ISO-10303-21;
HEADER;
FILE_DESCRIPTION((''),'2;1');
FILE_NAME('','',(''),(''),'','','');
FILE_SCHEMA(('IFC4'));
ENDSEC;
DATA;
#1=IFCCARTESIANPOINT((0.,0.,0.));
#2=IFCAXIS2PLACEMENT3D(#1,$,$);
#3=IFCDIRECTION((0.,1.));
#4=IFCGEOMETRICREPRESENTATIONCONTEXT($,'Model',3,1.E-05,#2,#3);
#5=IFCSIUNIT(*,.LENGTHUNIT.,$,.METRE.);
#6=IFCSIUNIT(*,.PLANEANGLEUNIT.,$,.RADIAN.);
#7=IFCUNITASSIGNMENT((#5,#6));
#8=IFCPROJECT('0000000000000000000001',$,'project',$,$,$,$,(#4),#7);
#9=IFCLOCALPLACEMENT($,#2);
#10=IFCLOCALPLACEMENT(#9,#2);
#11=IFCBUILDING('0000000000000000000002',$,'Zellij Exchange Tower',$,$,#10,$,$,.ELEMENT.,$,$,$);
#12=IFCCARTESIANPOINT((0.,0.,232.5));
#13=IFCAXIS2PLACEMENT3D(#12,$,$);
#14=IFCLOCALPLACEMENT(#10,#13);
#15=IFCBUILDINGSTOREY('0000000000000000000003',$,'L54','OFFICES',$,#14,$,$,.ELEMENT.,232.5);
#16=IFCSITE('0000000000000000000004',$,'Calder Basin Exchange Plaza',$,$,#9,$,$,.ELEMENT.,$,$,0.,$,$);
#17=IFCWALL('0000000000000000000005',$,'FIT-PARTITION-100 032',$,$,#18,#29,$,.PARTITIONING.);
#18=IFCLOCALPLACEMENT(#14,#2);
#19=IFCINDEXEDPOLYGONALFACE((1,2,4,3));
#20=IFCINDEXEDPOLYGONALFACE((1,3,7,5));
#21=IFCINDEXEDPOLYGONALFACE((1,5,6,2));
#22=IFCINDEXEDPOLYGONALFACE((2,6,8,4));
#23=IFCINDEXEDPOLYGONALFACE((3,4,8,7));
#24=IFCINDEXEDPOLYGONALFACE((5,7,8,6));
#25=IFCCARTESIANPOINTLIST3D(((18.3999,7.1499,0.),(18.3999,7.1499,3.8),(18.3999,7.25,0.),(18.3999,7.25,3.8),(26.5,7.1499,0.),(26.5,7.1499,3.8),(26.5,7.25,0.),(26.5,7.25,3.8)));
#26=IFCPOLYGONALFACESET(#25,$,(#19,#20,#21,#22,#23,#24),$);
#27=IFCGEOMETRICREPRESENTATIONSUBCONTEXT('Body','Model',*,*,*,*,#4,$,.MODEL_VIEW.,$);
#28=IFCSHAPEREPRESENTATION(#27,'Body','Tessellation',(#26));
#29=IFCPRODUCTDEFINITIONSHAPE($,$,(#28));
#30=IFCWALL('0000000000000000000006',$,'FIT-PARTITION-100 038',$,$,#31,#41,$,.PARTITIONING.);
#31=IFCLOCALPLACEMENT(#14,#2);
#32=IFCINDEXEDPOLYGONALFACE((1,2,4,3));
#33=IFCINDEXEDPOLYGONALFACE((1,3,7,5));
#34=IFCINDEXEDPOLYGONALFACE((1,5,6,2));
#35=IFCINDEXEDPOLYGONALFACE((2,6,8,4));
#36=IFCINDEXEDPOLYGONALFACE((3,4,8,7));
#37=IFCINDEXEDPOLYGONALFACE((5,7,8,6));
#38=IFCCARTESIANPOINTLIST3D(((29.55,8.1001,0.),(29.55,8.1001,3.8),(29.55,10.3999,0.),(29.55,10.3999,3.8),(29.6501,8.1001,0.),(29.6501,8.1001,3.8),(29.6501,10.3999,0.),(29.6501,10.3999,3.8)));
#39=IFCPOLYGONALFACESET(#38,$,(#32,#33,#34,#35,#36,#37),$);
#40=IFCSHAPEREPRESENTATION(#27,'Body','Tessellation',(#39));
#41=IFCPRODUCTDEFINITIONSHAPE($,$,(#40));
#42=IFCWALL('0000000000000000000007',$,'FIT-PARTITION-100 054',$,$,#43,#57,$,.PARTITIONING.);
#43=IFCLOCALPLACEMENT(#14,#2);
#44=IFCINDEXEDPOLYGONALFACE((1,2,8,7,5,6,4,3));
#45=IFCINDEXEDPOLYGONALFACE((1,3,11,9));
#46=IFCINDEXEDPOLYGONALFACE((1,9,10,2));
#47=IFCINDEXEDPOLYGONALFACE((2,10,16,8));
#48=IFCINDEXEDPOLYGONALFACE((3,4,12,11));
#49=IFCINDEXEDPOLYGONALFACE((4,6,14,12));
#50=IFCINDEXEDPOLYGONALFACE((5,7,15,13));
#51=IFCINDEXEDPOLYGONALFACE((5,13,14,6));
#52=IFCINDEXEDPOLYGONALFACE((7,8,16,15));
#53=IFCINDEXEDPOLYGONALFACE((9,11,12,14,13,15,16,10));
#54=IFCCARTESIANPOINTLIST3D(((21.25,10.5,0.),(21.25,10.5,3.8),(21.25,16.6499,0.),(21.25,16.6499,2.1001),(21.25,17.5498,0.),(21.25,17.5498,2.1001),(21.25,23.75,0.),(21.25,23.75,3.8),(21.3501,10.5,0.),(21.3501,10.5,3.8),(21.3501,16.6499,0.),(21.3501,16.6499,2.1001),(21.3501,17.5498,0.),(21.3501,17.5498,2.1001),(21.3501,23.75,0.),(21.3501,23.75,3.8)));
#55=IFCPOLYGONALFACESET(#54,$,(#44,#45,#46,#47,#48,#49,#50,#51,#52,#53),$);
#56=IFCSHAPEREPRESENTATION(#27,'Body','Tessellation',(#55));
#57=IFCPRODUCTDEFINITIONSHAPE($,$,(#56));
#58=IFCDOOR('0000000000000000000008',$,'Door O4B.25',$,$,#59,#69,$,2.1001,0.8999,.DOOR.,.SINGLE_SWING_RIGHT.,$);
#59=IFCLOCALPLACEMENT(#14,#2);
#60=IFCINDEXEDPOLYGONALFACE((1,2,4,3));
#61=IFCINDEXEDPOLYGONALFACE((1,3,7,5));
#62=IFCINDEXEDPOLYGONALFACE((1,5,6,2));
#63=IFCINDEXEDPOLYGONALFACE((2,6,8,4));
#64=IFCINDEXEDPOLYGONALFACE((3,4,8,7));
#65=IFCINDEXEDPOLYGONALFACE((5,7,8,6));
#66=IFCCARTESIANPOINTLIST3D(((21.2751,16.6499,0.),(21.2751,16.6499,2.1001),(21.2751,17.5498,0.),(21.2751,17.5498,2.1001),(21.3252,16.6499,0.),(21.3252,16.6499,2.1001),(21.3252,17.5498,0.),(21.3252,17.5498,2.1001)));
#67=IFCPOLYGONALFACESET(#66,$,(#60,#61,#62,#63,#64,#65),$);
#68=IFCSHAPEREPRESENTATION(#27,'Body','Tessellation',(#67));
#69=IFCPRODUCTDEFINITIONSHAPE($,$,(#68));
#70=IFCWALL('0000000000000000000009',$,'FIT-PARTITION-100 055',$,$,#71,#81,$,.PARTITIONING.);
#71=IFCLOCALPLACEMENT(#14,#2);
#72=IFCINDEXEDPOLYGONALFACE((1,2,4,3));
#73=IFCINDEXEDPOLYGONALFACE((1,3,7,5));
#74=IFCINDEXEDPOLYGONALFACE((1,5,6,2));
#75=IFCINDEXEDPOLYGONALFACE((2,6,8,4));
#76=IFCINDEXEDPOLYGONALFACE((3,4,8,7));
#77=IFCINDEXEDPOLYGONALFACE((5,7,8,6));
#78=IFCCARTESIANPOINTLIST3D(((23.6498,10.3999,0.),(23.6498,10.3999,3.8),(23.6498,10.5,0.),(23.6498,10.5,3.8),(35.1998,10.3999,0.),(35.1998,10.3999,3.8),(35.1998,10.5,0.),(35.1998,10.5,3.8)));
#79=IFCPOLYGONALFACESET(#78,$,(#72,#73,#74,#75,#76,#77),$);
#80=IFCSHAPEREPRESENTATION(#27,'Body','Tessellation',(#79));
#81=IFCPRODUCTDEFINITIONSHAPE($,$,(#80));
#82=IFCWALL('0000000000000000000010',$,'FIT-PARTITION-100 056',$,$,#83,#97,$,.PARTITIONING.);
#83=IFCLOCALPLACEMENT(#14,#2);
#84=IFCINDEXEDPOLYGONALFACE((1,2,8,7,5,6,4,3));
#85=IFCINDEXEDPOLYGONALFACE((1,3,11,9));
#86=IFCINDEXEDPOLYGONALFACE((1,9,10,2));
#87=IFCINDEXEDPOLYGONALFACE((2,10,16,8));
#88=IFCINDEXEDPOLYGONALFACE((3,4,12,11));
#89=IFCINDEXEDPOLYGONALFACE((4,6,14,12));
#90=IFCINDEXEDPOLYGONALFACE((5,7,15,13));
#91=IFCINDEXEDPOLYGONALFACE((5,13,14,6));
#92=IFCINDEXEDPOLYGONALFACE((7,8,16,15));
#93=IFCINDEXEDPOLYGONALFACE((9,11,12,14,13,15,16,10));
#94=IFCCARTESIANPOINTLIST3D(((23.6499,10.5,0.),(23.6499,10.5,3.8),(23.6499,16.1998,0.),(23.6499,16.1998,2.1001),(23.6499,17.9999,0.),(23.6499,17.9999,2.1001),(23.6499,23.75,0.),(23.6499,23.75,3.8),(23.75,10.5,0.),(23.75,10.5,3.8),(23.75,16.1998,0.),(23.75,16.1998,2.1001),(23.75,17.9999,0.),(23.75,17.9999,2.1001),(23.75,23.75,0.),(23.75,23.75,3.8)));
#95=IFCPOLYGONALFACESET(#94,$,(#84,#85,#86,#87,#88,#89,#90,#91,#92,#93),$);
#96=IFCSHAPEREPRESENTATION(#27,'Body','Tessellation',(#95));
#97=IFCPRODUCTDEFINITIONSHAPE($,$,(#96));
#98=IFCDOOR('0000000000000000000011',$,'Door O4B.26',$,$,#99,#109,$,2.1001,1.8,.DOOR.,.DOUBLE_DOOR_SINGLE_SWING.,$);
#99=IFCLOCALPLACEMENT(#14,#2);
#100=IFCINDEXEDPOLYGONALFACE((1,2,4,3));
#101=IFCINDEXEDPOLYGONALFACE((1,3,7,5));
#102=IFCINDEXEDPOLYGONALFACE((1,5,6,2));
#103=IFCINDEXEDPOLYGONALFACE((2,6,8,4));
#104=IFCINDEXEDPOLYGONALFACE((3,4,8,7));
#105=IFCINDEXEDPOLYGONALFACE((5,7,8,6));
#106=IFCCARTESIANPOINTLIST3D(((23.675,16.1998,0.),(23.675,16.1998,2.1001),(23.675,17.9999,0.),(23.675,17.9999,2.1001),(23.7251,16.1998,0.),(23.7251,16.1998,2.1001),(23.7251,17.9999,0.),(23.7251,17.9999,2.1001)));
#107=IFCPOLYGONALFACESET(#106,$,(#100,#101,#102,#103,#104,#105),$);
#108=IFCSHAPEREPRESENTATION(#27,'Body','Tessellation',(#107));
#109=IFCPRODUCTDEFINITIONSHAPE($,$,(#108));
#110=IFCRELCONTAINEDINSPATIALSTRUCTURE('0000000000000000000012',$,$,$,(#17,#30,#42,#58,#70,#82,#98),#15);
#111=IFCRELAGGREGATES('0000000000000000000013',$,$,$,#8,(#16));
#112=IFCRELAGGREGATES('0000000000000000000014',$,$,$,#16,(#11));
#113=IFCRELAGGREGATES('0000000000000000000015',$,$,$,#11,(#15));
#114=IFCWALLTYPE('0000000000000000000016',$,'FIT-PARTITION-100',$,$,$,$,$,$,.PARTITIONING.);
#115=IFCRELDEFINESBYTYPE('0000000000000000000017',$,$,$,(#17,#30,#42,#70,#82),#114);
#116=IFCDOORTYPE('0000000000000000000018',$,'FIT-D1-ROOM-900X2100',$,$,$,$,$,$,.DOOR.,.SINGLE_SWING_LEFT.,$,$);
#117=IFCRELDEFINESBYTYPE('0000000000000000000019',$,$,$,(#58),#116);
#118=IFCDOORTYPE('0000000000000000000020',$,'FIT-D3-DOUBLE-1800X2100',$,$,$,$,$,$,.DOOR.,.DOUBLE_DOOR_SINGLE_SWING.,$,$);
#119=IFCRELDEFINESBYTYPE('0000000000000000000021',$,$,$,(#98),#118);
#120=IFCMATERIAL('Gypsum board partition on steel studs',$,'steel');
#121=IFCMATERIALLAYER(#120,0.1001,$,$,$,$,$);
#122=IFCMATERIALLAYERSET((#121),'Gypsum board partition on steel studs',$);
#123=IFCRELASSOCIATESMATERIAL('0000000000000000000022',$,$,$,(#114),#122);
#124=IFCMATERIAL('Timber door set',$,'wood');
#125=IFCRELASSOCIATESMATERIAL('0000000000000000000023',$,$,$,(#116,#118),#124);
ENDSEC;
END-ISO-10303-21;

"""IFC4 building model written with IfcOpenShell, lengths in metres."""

from ifc_helpers import new_model, si_unit, direction, frame, frame_2d, origin, place, context, subcontext, project, spatial, rectangle, extrude, material, layer, layer_set, type_object, element, fill, save


model = new_model("IFC4")

# Units and contexts
model_context = context("Model", 3, precision=1e-05, world=origin(), true_north=direction((0.0, 1.0)))
body_context = subcontext(model_context, "Body", "Model", "MODEL_VIEW")
ifc_project = project(units=[si_unit("LENGTHUNIT", "METRE"), si_unit("PLANEANGLEUNIT", "RADIAN")], contexts=[model_context])

# Site, building, storey
site_placement = place(None, origin())
site = spatial("IfcSite", under=ifc_project, at=site_placement, Name="Calder Basin Exchange Plaza", CompositionType="ELEMENT", RefElevation=0.0)
building_placement = place(site_placement, origin())
building = spatial("IfcBuilding", under=site, at=building_placement, Name="Zellij Exchange Tower", CompositionType="ELEMENT")
storey_placement = place(building_placement, frame((0.0, 0.0, 232.5)))
storey = spatial("IfcBuildingStorey", under=building, at=storey_placement, Name="L54", Description="OFFICES", CompositionType="ELEMENT", Elevation=232.5)

# Shared definitions
ifc_material_1 = material(Name="Gypsum board partition on steel studs", Category="steel")
ifc_layer = layer(ifc_material_1, 0.1001)
ifc_layer_set = layer_set([ifc_layer], Name="Gypsum board partition on steel studs")
wall_type = type_object("IfcWallType", Name="FIT-PARTITION-100", PredefinedType="PARTITIONING", material=ifc_layer_set)

# Shared definitions
ifc_material_2 = material(Name="Timber door set", Category="wood")

# Walls
wall_1_placement = place(storey_placement, frame((18.3999, 7.2, 0.0), z_axis=(0.0, 0.0, 1.0), x_axis=(1.0, 0.0, 0.0)))
element("IfcWall", 1, at=wall_1_placement, inside=storey, type_object=wall_type, Name="FIT-PARTITION-100 032", PredefinedType="PARTITIONING", context=body_context, shape_type="SweptSolid", body=[
    extrude(rectangle(XDim=8.1001, YDim=0.1001, at=frame_2d((4.05, 0.0))), origin(), (0.0, 0.0, 1.0), 3.8),
])
wall_2_placement = place(storey_placement, frame((29.6001, 8.1001, 0.0), z_axis=(0.0, 0.0, 1.0), x_axis=(0.0, 1.0, 0.0)))
element("IfcWall", 2, at=wall_2_placement, inside=storey, type_object=wall_type, Name="FIT-PARTITION-100 038", PredefinedType="PARTITIONING", context=body_context, shape_type="SweptSolid", body=[
    extrude(rectangle(XDim=2.2998, YDim=0.1001, at=frame_2d((1.1499, 0.0))), origin(), (0.0, 0.0, 1.0), 3.8),
])

# Wall, opening, door
wall_3_placement = place(storey_placement, frame((21.3, 10.5, 0.0), z_axis=(0.0, 0.0, 1.0), x_axis=(0.0, 1.0, 0.0)))
wall_3 = element("IfcWall", 3, at=wall_3_placement, inside=storey, type_object=wall_type, Name="FIT-PARTITION-100 054", PredefinedType="PARTITIONING", context=body_context, shape_type="SweptSolid", body=[
    extrude(rectangle(XDim=13.25, YDim=0.1001, at=frame_2d((6.625, 0.0))), origin(), (0.0, 0.0, 1.0), 3.8),
])
opening_1_placement = place(wall_3_placement, frame((6.1499, 0.0, 0.0)))
opening_1 = element("IfcOpeningElement", 4, at=opening_1_placement, cuts=wall_3, PredefinedType="OPENING", context=body_context, shape_type="SweptSolid", body=[
    extrude(rectangle(XDim=0.8999, YDim=2.1001, at=frame_2d((0.45, 1.05))), frame((0.0, 0.062, 0.0), z_axis=(0.0, -1.0, 0.0), x_axis=(1.0, 0.0, 0.0)), (0.0, 0.0, 1.0), 0.124),
])
door_type_1 = type_object("IfcDoorType", Name="FIT-D1-ROOM-900X2100", OperationType="SINGLE_SWING_LEFT", PredefinedType="DOOR", material=ifc_material_2)
door_1_placement = place(opening_1_placement, origin())
door_1 = element("IfcDoor", 5, at=door_1_placement, inside=storey, type_object=door_type_1, Name="Door O4B.25", OperationType="SINGLE_SWING_RIGHT", OverallHeight=2.1001, OverallWidth=0.8999, PredefinedType="DOOR", context=body_context, shape_type="SweptSolid", body=[
    extrude(rectangle(XDim=0.8999, YDim=2.1001, at=frame_2d((0.45, 1.05))), frame((0.0, 0.0249, 0.0), z_axis=(0.0, -1.0, 0.0), x_axis=(1.0, 0.0, 0.0)), (0.0, 0.0, 1.0), 0.05),
])
fill(opening_1, door_1)

# Wall
wall_4_placement = place(storey_placement, frame((23.6499, 10.45, 0.0), z_axis=(0.0, 0.0, 1.0), x_axis=(1.0, 0.0, 0.0)))
element("IfcWall", 6, at=wall_4_placement, inside=storey, type_object=wall_type, Name="FIT-PARTITION-100 055", PredefinedType="PARTITIONING", context=body_context, shape_type="SweptSolid", body=[
    extrude(rectangle(XDim=11.55, YDim=0.1001, at=frame_2d((5.7749, 0.0))), origin(), (0.0, 0.0, 1.0), 3.8),
])

# Wall, opening, door
wall_5_placement = place(storey_placement, frame((23.7, 10.5, 0.0), z_axis=(0.0, 0.0, 1.0), x_axis=(0.0, 1.0, 0.0)))
wall_5 = element("IfcWall", 7, at=wall_5_placement, inside=storey, type_object=wall_type, Name="FIT-PARTITION-100 056", PredefinedType="PARTITIONING", context=body_context, shape_type="SweptSolid", body=[
    extrude(rectangle(XDim=13.25, YDim=0.1001, at=frame_2d((6.625, 0.0))), origin(), (0.0, 0.0, 1.0), 3.8),
])
opening_2_placement = place(wall_5_placement, frame((5.7, 0.0, 0.0)))
opening_2 = element("IfcOpeningElement", 8, at=opening_2_placement, cuts=wall_5, PredefinedType="OPENING", context=body_context, shape_type="SweptSolid", body=[
    extrude(rectangle(XDim=1.8, YDim=2.1001, at=frame_2d((0.8999, 1.05))), frame((0.0, 0.062, 0.0), z_axis=(0.0, -1.0, 0.0), x_axis=(1.0, 0.0, 0.0)), (0.0, 0.0, 1.0), 0.124),
])
door_type_2 = type_object("IfcDoorType", Name="FIT-D3-DOUBLE-1800X2100", OperationType="DOUBLE_DOOR_SINGLE_SWING", PredefinedType="DOOR", material=ifc_material_2)
door_2_placement = place(opening_2_placement, origin())
door_2 = element("IfcDoor", 9, at=door_2_placement, inside=storey, type_object=door_type_2, Name="Door O4B.26", OperationType="DOUBLE_DOOR_SINGLE_SWING", OverallHeight=2.1001, OverallWidth=1.8, PredefinedType="DOOR", context=body_context, shape_type="SweptSolid", body=[
    extrude(rectangle(XDim=1.8, YDim=2.1001, at=frame_2d((0.8999, 1.05))), frame((0.0, 0.0249, 0.0), z_axis=(0.0, -1.0, 0.0), x_axis=(1.0, 0.0, 0.0)), (0.0, 0.0, 1.0), 0.05),
])
fill(opening_2, door_2)

save(model, "model.ifc")
